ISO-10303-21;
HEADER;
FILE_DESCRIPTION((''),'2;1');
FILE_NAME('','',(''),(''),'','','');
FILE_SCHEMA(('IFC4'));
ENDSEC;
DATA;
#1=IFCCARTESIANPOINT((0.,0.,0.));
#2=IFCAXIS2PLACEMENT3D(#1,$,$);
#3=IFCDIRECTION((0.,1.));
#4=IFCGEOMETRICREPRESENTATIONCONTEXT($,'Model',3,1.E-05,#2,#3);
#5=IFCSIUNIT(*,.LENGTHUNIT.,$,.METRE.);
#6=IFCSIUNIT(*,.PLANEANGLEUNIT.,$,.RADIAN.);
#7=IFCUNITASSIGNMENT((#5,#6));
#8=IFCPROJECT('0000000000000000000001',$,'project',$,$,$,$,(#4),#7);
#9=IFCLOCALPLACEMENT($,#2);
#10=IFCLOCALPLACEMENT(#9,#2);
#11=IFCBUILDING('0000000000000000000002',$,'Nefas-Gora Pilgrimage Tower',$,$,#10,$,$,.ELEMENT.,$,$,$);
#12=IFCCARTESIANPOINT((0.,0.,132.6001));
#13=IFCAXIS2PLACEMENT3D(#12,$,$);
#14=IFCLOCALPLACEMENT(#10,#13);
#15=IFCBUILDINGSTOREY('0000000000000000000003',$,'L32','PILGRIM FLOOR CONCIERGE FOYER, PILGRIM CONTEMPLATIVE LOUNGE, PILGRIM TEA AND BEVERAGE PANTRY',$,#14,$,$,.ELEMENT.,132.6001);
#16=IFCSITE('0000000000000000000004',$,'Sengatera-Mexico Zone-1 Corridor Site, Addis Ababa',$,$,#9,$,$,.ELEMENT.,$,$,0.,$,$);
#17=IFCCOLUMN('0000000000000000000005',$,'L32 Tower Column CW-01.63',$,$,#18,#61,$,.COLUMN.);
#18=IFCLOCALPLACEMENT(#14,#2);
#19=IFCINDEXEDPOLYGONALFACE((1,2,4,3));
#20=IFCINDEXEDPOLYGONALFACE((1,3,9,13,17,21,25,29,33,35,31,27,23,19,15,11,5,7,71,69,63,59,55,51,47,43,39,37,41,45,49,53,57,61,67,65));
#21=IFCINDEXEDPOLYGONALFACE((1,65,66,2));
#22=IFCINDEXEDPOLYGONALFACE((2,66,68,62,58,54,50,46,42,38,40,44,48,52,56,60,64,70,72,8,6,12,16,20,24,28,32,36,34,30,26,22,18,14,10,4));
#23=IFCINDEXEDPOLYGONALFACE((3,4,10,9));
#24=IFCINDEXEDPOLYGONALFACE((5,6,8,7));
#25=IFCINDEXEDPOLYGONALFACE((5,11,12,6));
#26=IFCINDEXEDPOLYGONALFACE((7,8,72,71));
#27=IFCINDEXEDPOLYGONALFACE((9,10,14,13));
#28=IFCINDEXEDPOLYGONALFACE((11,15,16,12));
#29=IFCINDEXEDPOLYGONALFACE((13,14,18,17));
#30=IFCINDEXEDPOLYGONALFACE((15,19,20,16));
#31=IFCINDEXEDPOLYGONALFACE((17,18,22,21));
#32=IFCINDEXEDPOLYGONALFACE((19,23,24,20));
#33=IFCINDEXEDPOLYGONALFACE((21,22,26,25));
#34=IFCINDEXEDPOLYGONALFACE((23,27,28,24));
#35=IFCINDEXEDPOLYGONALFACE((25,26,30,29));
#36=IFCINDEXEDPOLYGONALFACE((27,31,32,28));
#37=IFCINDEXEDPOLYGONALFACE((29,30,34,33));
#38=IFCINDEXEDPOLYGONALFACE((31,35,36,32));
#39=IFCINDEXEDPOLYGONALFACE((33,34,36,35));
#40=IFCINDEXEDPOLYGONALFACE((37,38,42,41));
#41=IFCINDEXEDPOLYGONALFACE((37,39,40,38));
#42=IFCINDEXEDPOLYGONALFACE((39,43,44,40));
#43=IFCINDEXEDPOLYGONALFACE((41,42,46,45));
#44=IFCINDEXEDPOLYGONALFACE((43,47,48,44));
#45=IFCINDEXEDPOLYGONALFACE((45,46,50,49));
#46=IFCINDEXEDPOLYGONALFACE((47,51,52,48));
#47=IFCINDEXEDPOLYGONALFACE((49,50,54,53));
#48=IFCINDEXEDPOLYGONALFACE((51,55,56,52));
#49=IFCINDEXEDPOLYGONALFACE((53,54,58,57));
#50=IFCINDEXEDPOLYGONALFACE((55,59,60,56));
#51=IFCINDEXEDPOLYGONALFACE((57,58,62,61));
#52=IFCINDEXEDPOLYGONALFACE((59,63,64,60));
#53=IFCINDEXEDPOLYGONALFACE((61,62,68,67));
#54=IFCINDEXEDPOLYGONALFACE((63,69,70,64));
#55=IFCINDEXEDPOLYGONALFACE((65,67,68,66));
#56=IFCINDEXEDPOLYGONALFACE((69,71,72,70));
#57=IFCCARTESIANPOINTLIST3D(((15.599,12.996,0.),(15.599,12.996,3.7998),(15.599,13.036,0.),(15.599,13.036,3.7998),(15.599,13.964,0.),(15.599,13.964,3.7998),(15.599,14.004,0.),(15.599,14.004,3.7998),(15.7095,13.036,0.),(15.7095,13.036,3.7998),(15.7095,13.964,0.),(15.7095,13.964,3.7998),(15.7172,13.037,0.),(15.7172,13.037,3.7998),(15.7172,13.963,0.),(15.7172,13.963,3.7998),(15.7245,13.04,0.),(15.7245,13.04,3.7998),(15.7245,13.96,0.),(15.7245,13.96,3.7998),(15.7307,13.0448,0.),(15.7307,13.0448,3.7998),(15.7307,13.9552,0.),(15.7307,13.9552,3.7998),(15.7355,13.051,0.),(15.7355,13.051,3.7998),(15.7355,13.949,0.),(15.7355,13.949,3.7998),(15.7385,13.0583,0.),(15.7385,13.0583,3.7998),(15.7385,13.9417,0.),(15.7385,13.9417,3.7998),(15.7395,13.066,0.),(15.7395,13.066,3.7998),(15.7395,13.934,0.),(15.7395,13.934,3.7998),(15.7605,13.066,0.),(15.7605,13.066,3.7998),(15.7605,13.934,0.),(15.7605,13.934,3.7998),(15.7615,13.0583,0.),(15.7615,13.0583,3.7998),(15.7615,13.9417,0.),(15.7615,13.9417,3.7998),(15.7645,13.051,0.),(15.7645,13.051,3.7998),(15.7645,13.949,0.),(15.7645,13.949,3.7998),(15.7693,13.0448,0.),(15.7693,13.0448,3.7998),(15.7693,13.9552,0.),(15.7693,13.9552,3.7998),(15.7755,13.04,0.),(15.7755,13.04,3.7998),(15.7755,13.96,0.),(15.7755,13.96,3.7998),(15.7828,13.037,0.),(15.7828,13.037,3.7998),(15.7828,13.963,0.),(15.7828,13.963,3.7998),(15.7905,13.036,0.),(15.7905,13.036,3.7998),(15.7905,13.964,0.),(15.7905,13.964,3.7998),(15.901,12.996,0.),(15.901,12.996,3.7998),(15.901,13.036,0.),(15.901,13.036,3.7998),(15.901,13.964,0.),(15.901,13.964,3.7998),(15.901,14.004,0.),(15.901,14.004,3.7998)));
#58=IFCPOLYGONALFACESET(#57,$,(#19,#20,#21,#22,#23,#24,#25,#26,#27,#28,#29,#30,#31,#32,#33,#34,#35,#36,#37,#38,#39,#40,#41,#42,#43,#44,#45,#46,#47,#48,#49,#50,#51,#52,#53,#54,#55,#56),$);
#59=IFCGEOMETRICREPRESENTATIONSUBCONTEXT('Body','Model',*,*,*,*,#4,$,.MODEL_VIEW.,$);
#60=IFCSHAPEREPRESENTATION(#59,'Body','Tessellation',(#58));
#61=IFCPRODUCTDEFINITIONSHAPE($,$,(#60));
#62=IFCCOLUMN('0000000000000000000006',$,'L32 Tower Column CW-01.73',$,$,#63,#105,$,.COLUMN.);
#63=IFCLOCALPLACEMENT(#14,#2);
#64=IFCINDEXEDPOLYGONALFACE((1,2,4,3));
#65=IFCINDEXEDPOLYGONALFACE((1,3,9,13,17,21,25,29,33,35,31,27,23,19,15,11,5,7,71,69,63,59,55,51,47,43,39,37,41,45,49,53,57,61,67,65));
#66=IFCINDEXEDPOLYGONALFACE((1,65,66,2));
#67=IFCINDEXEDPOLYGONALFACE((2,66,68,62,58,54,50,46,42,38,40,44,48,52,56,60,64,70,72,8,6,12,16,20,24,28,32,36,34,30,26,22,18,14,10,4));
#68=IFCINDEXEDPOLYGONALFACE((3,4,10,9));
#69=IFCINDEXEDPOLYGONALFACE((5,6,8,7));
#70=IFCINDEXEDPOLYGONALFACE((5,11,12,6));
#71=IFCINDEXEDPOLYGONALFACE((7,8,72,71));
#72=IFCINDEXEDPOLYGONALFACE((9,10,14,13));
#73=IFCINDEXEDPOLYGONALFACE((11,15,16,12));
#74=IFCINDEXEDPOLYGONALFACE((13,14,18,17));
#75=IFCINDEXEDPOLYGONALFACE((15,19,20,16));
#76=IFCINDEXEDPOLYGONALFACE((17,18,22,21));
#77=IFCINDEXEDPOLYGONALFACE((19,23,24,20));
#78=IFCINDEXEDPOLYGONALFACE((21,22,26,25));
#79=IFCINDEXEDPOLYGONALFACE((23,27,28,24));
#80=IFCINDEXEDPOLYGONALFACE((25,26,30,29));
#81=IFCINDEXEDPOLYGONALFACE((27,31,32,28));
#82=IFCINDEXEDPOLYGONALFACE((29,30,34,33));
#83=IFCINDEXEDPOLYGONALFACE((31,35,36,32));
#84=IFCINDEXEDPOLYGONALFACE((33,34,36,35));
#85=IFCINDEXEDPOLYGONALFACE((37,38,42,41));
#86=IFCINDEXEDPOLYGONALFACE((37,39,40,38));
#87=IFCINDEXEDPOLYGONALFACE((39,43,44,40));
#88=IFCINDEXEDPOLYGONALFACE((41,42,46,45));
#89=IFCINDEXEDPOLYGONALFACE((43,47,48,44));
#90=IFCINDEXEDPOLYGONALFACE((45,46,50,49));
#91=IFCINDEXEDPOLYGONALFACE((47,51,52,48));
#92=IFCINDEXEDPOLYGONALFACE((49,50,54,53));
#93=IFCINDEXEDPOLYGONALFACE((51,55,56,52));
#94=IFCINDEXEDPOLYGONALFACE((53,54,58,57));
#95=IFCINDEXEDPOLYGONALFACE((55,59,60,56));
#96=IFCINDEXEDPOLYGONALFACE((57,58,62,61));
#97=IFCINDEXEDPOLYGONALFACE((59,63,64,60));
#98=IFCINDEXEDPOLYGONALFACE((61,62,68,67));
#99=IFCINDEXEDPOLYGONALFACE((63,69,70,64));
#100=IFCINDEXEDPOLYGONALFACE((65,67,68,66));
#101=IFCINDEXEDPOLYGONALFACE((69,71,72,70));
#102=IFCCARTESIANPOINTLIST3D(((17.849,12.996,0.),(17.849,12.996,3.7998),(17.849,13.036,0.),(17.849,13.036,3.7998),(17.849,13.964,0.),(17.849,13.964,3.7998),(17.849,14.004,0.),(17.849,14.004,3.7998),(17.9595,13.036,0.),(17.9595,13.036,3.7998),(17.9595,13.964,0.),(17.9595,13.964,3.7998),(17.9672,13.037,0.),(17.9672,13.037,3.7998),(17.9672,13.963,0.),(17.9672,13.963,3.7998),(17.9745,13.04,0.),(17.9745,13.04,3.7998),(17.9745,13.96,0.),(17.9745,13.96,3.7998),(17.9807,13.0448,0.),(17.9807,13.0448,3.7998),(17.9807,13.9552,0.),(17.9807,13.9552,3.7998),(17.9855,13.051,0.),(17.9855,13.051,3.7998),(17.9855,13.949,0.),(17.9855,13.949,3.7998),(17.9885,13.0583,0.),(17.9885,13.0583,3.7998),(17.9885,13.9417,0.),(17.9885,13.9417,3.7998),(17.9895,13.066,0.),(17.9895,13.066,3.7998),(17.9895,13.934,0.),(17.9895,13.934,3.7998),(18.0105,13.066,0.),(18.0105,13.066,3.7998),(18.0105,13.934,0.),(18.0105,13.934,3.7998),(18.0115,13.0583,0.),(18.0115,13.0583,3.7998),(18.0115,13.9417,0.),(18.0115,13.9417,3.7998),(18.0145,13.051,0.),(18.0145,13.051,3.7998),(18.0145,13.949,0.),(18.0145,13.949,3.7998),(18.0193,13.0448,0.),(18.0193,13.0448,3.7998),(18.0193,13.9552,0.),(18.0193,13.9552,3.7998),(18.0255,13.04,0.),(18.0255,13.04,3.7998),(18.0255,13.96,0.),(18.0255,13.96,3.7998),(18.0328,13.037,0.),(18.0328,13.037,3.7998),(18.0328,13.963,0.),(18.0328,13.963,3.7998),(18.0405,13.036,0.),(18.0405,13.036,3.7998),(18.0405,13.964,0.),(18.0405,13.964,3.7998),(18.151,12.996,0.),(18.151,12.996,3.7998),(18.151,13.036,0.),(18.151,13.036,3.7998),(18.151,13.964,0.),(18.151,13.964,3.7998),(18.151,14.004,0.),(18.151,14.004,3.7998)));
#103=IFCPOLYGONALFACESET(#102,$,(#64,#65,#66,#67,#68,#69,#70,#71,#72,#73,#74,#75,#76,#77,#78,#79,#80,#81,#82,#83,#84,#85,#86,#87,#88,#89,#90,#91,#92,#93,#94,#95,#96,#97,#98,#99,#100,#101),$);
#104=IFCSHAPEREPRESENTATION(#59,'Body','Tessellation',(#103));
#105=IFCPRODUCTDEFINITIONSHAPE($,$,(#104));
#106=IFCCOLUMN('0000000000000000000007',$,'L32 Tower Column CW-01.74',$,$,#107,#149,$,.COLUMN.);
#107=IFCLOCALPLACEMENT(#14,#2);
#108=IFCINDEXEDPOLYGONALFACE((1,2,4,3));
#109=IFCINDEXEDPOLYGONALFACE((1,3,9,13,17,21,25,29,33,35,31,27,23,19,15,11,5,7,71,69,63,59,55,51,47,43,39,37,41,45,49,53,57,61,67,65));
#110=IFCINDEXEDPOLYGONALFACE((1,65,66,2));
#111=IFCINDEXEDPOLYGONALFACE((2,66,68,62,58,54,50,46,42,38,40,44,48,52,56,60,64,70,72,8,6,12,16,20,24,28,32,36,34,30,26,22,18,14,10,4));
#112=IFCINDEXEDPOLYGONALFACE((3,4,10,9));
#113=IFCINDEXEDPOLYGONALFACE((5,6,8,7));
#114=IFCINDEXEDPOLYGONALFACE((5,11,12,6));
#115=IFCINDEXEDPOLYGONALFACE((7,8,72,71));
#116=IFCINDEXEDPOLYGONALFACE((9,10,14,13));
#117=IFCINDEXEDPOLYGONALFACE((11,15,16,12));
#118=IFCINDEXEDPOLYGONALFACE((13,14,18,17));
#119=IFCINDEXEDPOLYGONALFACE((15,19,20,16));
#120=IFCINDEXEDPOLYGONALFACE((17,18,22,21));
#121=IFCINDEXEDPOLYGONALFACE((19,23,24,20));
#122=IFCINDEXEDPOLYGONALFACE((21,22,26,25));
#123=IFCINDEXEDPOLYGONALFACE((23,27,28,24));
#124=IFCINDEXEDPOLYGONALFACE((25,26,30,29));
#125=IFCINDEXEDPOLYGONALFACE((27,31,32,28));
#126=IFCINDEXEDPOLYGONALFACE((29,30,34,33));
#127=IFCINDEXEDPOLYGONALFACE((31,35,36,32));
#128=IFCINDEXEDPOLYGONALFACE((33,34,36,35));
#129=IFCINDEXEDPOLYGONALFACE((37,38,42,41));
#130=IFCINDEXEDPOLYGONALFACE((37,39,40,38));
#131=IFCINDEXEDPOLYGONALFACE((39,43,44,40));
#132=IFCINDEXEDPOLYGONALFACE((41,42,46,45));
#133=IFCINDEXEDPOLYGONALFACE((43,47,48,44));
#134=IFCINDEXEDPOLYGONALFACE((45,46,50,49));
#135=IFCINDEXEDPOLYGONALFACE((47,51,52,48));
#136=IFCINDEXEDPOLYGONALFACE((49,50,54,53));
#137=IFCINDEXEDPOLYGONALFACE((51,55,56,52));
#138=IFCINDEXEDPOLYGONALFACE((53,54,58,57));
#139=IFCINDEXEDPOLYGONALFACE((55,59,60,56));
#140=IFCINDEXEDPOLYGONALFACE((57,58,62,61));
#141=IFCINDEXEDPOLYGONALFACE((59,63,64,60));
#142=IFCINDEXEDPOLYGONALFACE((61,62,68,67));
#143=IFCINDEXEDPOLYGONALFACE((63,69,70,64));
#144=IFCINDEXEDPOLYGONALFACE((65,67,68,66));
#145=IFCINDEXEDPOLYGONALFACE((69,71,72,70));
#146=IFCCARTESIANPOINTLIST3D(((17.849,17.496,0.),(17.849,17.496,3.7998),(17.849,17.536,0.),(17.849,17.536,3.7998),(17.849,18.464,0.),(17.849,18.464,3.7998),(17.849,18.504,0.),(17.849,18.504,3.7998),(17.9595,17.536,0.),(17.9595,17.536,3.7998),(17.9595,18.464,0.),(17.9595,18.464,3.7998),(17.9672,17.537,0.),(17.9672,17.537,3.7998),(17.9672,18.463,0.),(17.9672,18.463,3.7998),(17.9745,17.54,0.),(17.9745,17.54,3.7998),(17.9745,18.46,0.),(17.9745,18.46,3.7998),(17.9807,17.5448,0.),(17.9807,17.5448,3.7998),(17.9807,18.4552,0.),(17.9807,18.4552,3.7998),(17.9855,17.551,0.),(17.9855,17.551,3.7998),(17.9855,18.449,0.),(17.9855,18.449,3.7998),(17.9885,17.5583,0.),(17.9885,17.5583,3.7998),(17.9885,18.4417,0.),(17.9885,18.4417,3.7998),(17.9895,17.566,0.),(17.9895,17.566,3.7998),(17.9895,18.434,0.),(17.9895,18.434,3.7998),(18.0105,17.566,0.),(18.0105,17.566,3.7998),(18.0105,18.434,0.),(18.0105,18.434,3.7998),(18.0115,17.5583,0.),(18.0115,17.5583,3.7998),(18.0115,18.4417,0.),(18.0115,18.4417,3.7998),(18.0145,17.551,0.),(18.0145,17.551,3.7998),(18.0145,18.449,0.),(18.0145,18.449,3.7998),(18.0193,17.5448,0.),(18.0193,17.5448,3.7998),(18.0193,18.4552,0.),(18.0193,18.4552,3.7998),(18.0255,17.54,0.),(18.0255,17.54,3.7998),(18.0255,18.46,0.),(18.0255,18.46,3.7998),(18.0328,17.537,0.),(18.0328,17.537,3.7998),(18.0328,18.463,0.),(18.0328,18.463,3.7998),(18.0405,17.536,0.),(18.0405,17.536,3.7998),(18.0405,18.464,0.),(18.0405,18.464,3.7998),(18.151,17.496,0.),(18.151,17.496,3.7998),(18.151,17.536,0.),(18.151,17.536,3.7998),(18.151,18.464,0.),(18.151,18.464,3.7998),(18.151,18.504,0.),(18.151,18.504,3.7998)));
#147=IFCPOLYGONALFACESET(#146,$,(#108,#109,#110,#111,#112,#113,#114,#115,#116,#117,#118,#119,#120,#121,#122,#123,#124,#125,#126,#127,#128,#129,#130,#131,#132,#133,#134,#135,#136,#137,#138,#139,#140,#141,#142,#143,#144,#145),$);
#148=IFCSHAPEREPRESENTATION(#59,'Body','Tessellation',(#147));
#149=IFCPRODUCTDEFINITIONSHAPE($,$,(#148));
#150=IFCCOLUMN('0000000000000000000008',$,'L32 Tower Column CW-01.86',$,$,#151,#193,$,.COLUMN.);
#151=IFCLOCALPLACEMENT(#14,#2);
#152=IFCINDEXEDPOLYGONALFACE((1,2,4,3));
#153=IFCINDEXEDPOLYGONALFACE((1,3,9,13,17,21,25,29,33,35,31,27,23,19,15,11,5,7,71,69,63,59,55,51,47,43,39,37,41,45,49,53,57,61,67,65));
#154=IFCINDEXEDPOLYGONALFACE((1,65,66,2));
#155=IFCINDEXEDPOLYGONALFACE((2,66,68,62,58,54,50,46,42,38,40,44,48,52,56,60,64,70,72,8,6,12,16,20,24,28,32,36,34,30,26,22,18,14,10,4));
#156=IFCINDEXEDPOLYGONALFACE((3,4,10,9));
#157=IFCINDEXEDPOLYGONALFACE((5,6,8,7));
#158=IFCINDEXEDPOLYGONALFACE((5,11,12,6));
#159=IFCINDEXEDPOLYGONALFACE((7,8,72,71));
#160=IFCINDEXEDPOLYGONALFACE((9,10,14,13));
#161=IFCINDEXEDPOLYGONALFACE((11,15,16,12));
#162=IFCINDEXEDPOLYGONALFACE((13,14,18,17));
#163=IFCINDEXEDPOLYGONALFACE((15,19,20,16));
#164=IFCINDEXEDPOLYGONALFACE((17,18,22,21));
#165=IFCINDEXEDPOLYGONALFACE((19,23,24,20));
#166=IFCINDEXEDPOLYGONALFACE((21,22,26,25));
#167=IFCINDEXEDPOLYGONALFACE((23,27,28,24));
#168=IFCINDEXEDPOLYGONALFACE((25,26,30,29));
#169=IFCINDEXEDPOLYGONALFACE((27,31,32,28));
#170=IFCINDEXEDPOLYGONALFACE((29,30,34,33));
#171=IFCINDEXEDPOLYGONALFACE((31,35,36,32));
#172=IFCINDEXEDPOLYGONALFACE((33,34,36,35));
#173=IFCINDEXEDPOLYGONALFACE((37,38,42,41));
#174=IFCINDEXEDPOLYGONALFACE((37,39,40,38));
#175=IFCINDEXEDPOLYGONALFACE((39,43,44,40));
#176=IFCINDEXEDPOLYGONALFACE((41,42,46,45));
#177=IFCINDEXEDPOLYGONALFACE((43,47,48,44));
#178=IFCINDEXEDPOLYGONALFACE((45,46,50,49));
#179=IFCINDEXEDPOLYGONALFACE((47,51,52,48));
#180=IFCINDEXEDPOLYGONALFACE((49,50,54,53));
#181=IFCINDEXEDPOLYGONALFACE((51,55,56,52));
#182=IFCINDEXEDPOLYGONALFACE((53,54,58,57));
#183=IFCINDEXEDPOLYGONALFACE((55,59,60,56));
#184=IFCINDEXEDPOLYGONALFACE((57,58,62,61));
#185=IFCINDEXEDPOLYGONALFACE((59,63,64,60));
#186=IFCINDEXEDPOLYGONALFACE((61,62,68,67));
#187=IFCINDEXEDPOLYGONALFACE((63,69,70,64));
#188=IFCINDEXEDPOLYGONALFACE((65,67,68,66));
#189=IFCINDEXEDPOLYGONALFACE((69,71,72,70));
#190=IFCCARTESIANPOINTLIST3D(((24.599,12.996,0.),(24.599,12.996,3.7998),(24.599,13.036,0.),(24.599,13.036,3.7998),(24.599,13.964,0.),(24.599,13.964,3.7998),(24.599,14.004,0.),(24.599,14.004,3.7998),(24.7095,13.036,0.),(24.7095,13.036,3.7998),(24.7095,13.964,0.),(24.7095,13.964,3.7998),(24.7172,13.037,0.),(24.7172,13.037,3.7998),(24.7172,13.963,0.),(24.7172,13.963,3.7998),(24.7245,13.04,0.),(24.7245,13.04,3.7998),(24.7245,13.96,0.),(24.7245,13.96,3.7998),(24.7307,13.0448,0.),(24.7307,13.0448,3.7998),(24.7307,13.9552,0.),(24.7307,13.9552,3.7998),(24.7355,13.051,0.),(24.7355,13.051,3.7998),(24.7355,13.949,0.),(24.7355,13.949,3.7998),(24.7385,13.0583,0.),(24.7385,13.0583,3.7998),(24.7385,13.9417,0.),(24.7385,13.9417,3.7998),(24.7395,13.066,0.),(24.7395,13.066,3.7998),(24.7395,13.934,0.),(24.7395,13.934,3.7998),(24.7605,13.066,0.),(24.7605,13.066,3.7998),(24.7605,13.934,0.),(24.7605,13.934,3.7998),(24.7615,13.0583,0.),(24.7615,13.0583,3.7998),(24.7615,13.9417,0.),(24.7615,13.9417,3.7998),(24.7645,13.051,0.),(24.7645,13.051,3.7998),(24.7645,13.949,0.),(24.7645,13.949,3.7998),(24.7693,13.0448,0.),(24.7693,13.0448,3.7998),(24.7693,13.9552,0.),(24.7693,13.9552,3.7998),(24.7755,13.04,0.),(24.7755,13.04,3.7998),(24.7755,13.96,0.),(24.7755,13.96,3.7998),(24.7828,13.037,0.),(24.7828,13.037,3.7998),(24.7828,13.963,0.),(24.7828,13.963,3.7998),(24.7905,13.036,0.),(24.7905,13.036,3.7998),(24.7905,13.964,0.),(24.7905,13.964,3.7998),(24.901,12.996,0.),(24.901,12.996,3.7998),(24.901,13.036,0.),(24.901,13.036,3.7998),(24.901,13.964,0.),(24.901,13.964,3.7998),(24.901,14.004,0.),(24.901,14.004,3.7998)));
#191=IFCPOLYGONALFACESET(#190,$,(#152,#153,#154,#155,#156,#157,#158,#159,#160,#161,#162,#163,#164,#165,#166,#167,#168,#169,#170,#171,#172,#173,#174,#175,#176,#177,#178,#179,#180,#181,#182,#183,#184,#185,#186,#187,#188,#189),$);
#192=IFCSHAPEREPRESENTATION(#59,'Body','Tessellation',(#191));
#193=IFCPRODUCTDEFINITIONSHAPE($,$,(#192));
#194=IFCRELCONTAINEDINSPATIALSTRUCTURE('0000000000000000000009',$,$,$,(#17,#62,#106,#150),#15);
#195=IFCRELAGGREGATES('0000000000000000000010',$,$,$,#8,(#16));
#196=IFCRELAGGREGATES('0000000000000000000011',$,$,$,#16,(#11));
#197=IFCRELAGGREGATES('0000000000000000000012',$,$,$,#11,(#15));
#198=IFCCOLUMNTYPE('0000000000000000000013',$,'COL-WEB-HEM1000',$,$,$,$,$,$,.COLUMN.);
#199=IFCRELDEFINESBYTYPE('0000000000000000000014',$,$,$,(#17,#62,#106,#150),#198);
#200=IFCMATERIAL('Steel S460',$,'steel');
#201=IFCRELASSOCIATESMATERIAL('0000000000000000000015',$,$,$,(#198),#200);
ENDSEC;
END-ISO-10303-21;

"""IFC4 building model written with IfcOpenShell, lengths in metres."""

from ifc_helpers import new_model, si_unit, direction, frame, origin, origin_2d, place, context, subcontext, project, spatial, i_section, extrude, source, transform, mapped, material, material_profile, profile_set, type_object, element, save


model = new_model("IFC4")

# Units and contexts
model_context = context("Model", 3, precision=1e-05, world=origin(), true_north=direction((0.0, 1.0)))
body_context = subcontext(model_context, "Body", "Model", "MODEL_VIEW")
ifc_project = project(units=[si_unit("LENGTHUNIT", "METRE"), si_unit("PLANEANGLEUNIT", "RADIAN")], contexts=[model_context])

# Site, building, storey
site_placement = place(None, origin())
site = spatial("IfcSite", under=ifc_project, at=site_placement, Name="Sengatera-Mexico Zone-1 Corridor Site, Addis Ababa", CompositionType="ELEMENT", RefElevation=0.0)
building_placement = place(site_placement, origin())
building = spatial("IfcBuilding", under=site, at=building_placement, Name="Nefas-Gora Pilgrimage Tower", CompositionType="ELEMENT")
storey_placement = place(building_placement, frame((0.0, 0.0, 132.6001)))
storey = spatial("IfcBuildingStorey", under=building, at=storey_placement, Name="L32", Description="PILGRIM FLOOR CONCIERGE FOYER, PILGRIM CONTEMPLATIVE LOUNGE, PILGRIM TEA AND BEVERAGE PANTRY", CompositionType="ELEMENT", Elevation=132.6001)

# Columns
ifc_material_1 = material(Name="Steel S460", Category="steel")
ifc_material_profile_1 = material_profile(ifc_material_1, i_section(OverallWidth=0.302, OverallDepth=1.0081, WebThickness=0.021, FlangeThickness=0.04, FilletRadius=0.03, at=origin_2d()), Name="HEM 1000")
ifc_profile_set_1 = profile_set([ifc_material_profile_1], Name="Steel S460")
column_type_1 = type_object("IfcColumnType", Name="COL-WEB-HEM1000", PredefinedType="COLUMN", material=ifc_profile_set_1)
shared_shape_1 = source(origin(), body_context, "Body", "SweptSolid", [
    extrude(i_section(OverallWidth=0.302, OverallDepth=1.0081, WebThickness=0.021, FlangeThickness=0.04, FilletRadius=0.03, at=origin_2d()), origin(), (0.0, 0.0, 1.0), 3.7998),
])
for number, where, z_axis, x_axis, name in (
    (1, (15.75, 13.5, 0.0), (0.0, 0.0, 1.0), (1.0, 0.0, 0.0), "L32 Tower Column CW-01.63"),
    (2, (18.0, 13.5, 0.0), (0.0, 0.0, 1.0), (1.0, 0.0, 0.0), "L32 Tower Column CW-01.73"),
    (3, (18.0, 18.0, 0.0), (0.0, 0.0, 1.0), (1.0, 0.0, 0.0), "L32 Tower Column CW-01.74"),
    (4, (24.75, 13.5, 0.0), (0.0, 0.0, 1.0), (1.0, 0.0, 0.0), "L32 Tower Column CW-01.86"),
):
    element("IfcColumn", number, at=place(storey_placement, frame(where, z_axis=z_axis, x_axis=x_axis)), inside=storey, type_object=column_type_1, Name=name, PredefinedType="COLUMN", context=body_context, shape_type="MappedRepresentation", body=[
        mapped(shared_shape_1, transform((0.0, 0.0, 0.0), x_axis=(1.0, 0.0, 0.0), y_axis=(0.0, 1.0, 0.0), z_axis=(0.0, 0.0, 1.0), scale=1.0)),
    ])

save(model, "model.ifc")
